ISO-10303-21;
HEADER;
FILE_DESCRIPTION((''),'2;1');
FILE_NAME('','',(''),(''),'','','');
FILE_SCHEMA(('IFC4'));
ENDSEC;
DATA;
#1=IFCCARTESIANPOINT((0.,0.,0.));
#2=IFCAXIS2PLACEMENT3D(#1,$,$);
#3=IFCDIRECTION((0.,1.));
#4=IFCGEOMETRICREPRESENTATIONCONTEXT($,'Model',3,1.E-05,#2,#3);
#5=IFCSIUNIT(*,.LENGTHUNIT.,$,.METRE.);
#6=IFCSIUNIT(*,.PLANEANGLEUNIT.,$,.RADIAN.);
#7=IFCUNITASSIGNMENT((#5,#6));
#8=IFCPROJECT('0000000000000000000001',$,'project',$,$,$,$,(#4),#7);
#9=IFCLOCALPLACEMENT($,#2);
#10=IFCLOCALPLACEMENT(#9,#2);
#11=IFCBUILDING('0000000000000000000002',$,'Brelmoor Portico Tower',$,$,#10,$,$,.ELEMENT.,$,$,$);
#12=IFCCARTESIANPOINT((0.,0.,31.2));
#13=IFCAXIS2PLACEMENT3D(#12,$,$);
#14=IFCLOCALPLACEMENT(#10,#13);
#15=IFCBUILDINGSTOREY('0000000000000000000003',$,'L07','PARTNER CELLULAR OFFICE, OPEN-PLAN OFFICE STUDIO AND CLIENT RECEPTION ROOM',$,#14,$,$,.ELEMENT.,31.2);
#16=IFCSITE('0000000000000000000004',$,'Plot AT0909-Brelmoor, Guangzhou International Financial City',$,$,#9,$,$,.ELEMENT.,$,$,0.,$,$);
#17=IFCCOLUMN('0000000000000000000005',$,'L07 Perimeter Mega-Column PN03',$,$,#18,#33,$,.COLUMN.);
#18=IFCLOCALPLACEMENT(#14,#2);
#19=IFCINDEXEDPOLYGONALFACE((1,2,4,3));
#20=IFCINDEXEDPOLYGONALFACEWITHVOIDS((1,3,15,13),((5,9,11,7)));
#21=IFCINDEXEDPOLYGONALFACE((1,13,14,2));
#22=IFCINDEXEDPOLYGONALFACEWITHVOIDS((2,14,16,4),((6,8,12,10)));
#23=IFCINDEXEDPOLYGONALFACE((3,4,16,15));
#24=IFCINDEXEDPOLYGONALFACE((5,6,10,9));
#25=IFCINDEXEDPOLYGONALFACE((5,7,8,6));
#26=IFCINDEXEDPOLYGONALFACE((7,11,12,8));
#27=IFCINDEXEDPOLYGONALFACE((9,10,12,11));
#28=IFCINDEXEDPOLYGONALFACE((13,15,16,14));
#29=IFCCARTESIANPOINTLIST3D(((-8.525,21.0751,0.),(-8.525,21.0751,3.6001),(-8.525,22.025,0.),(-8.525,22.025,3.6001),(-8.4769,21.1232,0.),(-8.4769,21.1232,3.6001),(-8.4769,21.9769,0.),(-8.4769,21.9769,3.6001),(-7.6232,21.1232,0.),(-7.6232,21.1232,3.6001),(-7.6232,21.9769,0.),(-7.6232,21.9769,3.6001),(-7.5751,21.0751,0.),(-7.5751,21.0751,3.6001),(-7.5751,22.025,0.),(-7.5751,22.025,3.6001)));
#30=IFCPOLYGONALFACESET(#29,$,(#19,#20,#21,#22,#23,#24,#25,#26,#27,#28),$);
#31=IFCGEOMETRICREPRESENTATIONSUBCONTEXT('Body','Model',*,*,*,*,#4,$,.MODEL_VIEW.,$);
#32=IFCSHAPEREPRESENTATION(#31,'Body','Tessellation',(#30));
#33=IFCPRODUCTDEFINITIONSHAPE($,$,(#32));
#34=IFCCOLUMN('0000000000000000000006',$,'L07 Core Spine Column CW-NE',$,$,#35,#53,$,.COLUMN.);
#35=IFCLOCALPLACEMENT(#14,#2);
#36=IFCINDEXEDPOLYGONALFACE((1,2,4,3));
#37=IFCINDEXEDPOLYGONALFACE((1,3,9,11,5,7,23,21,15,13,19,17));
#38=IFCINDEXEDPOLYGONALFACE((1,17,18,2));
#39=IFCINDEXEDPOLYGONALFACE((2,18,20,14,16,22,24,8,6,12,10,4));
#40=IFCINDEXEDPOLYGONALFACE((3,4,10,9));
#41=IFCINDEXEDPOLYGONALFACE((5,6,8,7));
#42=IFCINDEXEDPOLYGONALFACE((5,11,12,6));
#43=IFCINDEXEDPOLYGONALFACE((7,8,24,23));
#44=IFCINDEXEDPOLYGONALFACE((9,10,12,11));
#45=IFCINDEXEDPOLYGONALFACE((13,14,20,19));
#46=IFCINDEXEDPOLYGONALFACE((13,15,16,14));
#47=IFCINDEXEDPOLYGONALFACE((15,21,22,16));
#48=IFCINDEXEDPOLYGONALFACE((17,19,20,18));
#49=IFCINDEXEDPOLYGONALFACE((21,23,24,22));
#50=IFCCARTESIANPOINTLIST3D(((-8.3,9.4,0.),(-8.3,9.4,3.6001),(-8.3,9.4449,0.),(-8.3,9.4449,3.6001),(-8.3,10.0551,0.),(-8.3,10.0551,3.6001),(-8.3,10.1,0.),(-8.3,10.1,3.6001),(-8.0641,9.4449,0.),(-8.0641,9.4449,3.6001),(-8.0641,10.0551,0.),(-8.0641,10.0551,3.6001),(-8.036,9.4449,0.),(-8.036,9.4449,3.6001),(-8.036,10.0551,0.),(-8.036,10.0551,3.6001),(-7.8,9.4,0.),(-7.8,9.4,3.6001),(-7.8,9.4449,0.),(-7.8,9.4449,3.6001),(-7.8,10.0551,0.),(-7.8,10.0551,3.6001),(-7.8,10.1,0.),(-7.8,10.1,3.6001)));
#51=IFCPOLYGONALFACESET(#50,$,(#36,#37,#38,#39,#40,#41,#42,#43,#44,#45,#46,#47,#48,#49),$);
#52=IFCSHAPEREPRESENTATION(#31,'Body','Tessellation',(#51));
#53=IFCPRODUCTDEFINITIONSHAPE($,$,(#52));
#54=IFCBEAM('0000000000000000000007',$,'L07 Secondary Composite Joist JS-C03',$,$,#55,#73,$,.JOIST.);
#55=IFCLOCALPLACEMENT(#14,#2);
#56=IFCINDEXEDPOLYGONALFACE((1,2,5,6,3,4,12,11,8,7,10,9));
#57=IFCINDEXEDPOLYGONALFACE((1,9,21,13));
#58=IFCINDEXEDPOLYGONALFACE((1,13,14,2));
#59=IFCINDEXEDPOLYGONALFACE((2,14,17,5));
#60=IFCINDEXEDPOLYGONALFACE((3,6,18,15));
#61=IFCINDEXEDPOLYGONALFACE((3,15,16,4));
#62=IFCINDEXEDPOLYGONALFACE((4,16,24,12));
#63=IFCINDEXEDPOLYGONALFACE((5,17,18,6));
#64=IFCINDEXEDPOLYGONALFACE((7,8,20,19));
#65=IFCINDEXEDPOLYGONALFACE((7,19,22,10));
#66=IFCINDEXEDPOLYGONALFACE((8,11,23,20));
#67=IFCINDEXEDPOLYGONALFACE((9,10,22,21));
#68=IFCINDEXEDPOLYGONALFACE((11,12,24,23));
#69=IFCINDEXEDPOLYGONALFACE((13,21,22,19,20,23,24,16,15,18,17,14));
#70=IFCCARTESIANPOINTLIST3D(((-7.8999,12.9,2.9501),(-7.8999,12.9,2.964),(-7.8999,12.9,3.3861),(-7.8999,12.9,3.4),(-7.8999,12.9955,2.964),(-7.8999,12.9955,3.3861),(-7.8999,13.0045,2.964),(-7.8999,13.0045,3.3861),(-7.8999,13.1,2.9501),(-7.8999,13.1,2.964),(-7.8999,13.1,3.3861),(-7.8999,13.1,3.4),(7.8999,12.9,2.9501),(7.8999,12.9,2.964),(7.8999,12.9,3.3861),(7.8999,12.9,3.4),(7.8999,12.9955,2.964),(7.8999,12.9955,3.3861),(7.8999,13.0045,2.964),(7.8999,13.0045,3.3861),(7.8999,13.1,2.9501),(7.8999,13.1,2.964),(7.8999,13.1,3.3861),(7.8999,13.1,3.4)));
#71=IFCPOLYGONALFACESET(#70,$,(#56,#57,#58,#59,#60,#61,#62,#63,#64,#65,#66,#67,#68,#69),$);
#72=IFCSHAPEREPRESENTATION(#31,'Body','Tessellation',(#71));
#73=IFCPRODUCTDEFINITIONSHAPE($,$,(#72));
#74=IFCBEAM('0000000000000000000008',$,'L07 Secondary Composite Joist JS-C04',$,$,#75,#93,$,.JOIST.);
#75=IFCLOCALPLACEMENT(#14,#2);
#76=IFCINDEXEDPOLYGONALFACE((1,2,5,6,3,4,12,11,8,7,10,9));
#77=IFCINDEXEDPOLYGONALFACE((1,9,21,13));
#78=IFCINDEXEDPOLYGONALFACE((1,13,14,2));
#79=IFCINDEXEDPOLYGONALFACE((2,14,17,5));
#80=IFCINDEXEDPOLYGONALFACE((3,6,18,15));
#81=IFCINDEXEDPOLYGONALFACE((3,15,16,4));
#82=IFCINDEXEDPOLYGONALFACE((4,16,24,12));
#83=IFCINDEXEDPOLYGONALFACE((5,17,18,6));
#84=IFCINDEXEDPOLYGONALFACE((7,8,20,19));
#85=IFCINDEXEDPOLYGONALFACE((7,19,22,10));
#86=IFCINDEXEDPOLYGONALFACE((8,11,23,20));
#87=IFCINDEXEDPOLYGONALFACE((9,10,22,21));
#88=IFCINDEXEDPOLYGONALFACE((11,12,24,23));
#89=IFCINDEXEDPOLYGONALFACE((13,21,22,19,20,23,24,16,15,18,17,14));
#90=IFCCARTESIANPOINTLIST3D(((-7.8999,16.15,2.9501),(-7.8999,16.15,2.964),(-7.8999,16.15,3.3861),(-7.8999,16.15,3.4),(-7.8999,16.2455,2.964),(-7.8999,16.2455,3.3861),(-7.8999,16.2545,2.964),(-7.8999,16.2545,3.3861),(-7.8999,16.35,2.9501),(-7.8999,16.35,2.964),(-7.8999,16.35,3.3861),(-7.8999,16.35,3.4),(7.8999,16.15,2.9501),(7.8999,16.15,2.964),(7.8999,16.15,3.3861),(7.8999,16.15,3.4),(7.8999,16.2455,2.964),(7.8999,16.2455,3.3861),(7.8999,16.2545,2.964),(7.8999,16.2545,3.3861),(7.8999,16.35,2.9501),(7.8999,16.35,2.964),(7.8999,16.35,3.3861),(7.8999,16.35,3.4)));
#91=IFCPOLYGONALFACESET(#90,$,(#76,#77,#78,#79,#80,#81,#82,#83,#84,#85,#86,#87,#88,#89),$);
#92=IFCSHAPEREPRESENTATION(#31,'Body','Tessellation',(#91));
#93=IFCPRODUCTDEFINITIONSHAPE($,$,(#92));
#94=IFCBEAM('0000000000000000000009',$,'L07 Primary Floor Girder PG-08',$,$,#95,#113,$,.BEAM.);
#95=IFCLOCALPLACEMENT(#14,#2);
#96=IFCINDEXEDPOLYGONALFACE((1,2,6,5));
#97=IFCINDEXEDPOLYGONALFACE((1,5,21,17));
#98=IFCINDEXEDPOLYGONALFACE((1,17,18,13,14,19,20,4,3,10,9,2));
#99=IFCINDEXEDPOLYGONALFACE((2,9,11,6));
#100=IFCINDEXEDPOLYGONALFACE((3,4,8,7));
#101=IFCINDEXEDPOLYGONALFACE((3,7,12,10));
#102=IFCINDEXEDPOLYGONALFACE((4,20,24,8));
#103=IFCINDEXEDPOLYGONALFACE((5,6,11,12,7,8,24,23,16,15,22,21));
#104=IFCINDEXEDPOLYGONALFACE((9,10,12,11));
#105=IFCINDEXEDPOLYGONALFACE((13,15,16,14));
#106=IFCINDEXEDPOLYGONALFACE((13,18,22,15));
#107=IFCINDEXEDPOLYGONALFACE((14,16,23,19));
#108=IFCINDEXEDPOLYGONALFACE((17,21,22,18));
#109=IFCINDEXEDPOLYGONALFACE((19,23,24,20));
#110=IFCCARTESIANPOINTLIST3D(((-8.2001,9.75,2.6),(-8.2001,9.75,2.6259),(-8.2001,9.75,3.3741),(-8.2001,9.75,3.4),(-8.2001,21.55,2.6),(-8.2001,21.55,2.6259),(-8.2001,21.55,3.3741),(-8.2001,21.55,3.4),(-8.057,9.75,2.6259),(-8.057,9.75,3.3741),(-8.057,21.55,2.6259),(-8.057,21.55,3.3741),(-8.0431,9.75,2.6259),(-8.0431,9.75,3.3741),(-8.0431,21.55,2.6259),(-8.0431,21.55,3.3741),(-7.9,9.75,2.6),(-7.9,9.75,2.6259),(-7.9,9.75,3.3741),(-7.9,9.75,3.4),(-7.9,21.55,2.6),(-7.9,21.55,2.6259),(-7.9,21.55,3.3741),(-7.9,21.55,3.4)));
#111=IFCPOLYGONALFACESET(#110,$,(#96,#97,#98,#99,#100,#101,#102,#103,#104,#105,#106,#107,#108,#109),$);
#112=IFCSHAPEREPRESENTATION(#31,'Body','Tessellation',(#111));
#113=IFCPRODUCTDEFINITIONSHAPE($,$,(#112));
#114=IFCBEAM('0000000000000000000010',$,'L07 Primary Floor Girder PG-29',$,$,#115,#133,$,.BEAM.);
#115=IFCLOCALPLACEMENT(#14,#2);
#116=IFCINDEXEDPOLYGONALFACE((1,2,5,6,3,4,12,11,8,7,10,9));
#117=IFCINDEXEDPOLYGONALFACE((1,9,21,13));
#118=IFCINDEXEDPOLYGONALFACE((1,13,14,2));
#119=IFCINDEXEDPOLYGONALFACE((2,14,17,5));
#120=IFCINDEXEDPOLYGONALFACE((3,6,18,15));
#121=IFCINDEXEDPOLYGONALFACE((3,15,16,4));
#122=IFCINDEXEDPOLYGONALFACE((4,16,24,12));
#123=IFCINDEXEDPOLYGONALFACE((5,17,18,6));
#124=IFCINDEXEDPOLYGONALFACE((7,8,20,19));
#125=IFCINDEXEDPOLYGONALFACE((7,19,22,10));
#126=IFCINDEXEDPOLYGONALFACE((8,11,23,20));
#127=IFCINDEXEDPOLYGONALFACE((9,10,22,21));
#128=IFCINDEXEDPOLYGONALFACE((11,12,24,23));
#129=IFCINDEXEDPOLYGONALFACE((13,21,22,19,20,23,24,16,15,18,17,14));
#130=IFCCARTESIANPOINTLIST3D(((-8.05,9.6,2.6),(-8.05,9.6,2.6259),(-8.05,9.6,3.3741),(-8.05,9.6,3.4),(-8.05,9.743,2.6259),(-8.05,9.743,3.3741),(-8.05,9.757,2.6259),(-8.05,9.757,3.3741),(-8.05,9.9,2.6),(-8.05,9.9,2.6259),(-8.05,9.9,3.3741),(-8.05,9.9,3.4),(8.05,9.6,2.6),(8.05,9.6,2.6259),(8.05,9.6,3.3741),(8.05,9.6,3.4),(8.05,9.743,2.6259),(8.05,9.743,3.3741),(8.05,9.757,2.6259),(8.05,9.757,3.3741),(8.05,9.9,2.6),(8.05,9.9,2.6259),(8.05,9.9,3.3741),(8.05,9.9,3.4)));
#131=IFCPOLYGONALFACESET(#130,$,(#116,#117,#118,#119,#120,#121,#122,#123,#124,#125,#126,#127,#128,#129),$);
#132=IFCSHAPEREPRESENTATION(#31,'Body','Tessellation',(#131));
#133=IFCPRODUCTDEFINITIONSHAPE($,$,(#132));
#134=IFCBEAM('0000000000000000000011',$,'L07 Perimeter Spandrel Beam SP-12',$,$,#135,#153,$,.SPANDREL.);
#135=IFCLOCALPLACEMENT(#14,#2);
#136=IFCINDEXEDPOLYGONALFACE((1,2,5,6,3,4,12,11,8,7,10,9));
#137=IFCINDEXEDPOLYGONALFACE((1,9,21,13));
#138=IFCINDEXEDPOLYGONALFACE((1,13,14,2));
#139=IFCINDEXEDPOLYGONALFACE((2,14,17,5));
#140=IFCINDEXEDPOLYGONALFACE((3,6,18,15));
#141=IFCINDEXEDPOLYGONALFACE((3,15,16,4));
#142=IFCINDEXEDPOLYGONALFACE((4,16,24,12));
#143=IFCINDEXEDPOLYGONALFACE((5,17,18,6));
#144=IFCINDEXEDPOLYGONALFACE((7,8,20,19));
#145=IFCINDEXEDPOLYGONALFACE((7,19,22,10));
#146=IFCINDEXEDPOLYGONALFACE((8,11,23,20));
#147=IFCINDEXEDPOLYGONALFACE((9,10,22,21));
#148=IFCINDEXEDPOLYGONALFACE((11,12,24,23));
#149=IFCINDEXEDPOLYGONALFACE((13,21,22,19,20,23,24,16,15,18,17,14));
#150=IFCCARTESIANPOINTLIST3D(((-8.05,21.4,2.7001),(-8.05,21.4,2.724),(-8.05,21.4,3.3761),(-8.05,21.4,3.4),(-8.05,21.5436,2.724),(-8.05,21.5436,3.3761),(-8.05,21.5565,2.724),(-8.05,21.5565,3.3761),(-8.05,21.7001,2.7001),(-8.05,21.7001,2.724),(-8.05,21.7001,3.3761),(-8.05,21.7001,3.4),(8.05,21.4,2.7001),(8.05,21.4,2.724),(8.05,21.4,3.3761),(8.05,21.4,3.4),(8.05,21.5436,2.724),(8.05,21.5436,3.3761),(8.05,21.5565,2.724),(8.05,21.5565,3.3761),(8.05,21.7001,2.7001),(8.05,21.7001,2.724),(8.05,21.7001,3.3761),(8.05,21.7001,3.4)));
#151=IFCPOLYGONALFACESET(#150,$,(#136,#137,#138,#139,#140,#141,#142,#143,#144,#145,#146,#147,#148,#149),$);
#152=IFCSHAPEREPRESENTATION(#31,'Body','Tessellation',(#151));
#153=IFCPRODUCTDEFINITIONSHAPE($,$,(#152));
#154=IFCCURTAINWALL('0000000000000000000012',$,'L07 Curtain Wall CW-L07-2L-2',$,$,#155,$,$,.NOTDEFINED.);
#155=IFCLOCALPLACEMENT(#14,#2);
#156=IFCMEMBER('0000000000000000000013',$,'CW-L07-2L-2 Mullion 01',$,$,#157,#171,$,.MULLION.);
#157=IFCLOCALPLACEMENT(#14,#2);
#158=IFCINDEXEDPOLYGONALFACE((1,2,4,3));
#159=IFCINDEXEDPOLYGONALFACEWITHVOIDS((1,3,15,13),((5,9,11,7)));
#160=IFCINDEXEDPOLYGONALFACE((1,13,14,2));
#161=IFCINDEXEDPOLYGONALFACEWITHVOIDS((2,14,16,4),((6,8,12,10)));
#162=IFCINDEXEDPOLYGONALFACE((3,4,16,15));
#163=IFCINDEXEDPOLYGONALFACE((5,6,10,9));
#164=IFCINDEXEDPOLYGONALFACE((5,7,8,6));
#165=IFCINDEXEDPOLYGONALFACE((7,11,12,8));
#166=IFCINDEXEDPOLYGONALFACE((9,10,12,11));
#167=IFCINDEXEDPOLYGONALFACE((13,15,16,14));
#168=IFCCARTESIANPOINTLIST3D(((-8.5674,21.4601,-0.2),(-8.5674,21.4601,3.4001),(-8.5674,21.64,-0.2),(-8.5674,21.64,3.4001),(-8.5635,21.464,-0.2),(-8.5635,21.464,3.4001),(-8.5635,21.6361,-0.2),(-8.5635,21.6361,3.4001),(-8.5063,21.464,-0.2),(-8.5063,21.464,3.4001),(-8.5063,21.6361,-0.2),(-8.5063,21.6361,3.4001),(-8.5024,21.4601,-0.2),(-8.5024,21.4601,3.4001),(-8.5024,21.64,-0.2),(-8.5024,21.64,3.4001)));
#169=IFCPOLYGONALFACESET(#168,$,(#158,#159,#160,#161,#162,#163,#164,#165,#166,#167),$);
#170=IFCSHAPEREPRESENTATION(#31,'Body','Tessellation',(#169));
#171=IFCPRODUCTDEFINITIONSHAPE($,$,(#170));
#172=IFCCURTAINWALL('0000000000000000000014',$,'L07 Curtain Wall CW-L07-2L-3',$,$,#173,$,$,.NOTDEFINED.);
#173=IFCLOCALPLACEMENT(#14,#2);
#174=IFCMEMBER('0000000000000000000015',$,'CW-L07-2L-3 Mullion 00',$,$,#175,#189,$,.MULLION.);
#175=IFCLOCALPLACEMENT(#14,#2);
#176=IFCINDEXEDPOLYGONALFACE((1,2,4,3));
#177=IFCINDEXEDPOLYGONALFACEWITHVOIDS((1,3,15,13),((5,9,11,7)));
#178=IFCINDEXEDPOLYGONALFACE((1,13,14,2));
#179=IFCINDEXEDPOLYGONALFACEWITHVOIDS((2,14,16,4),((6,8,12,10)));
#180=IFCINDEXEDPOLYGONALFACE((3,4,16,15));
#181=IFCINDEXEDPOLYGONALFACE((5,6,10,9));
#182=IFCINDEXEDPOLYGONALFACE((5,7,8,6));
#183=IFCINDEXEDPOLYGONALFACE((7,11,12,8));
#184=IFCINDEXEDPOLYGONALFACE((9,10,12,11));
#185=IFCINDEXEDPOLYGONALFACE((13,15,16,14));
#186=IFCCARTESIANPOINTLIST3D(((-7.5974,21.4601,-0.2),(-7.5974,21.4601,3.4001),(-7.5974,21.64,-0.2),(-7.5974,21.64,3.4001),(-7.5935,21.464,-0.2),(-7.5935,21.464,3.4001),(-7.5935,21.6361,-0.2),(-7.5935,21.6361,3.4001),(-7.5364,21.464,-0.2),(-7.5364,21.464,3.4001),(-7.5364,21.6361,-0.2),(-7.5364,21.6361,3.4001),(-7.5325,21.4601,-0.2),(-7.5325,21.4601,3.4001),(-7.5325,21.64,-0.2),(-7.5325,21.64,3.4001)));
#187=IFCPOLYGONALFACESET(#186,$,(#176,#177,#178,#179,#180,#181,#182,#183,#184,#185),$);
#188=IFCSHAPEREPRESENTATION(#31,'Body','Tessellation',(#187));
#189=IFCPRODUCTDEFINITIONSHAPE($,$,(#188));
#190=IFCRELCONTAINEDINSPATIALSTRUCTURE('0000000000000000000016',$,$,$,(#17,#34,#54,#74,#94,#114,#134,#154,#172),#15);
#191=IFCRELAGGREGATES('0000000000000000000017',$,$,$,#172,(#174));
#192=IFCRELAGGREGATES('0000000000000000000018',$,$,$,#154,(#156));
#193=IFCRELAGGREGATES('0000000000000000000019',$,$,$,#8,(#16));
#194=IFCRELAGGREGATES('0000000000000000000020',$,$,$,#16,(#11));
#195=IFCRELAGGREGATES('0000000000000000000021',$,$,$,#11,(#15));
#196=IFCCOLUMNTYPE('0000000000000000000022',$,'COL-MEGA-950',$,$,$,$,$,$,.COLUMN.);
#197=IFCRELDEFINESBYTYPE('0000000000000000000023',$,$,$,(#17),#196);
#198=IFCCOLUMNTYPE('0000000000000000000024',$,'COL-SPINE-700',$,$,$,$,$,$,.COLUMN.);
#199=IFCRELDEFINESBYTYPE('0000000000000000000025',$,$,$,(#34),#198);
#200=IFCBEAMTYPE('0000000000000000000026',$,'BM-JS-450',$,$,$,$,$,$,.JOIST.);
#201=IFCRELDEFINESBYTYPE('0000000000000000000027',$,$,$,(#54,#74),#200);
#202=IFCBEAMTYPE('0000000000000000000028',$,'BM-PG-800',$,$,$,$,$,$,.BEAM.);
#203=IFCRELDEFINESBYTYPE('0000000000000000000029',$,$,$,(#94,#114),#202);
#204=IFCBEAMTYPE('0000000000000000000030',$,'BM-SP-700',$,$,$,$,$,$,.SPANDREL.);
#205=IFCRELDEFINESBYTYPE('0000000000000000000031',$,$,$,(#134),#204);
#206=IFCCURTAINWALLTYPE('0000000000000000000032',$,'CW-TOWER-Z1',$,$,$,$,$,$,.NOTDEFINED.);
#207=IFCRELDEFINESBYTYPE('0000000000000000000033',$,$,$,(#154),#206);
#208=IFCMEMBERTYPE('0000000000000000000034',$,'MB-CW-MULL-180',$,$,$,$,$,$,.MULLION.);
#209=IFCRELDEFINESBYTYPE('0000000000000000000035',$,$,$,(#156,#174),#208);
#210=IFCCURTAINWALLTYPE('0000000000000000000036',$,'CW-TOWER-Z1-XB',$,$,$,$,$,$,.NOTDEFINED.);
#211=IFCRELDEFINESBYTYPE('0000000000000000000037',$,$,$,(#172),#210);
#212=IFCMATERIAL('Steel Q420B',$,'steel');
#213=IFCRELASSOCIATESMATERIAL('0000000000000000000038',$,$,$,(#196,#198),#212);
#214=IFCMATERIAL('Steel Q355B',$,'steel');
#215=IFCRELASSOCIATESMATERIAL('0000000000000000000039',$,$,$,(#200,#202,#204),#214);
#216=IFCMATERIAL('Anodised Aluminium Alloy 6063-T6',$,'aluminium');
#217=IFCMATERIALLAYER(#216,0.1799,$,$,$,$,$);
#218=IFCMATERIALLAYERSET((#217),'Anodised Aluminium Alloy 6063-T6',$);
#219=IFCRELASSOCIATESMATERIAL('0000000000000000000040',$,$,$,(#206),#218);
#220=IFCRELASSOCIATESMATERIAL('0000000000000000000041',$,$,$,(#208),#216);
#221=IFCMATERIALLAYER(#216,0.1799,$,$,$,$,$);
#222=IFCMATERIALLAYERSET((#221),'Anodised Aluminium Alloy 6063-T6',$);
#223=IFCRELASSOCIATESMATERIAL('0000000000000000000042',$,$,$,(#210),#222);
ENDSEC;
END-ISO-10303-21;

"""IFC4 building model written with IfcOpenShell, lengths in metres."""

from ifc_helpers import new_model, si_unit, direction, frame, origin, origin_2d, place, context, subcontext, project, spatial, hollow_rectangle, i_section, extrude, material, layer, layer_set, material_profile, profile_set, type_object, element, aggregate, save


model = new_model("IFC4")

# Units and contexts
model_context = context("Model", 3, precision=1e-05, world=origin(), true_north=direction((0.0, 1.0)))
body_context = subcontext(model_context, "Body", "Model", "MODEL_VIEW")
ifc_project = project(units=[si_unit("LENGTHUNIT", "METRE"), si_unit("PLANEANGLEUNIT", "RADIAN")], contexts=[model_context])

# Site, building, storey
site_placement = place(None, origin())
site = spatial("IfcSite", under=ifc_project, at=site_placement, Name="Plot AT0909-Brelmoor, Guangzhou International Financial City", CompositionType="ELEMENT", RefElevation=0.0)
building_placement = place(site_placement, origin())
building = spatial("IfcBuilding", under=site, at=building_placement, Name="Brelmoor Portico Tower", CompositionType="ELEMENT")
storey_placement = place(building_placement, frame((0.0, 0.0, 31.2)))
storey = spatial("IfcBuildingStorey", under=building, at=storey_placement, Name="L07", Description="PARTNER CELLULAR OFFICE, OPEN-PLAN OFFICE STUDIO AND CLIENT RECEPTION ROOM", CompositionType="ELEMENT", Elevation=31.2)

# Columns
ifc_material_1 = material(Name="Steel Q420B", Category="steel")
ifc_material_profile_1 = material_profile(ifc_material_1, hollow_rectangle(XDim=0.95, YDim=0.95, WallThickness=0.0481, at=origin_2d()), Name="BOX 950x950x48")
ifc_profile_set_1 = profile_set([ifc_material_profile_1], Name="Steel Q420B")
column_type_1 = type_object("IfcColumnType", Name="COL-MEGA-950", PredefinedType="COLUMN", material=ifc_profile_set_1)
column_1_placement = place(storey_placement, frame((-8.05, 21.55, 0.0), z_axis=(0.0, 0.0, 1.0), x_axis=(1.0, 0.0, 0.0)))
element("IfcColumn", 1, at=column_1_placement, inside=storey, type_object=column_type_1, Name="L07 Perimeter Mega-Column PN03", PredefinedType="COLUMN", context=body_context, shape_type="SweptSolid", body=[
    extrude(hollow_rectangle(XDim=0.95, YDim=0.95, WallThickness=0.0481, at=origin_2d()), origin(), (0.0, 0.0, 1.0), 3.6001),
])
ifc_material_profile_2 = material_profile(ifc_material_1, i_section(OverallWidth=0.5, OverallDepth=0.7, WebThickness=0.0281, FlangeThickness=0.0449, at=origin_2d()), Name="HW 700x500x28x45")
ifc_profile_set_2 = profile_set([ifc_material_profile_2], Name="Steel Q420B")
column_type_2 = type_object("IfcColumnType", Name="COL-SPINE-700", PredefinedType="COLUMN", material=ifc_profile_set_2)
column_2_placement = place(storey_placement, frame((-8.05, 9.75, 0.0), z_axis=(0.0, 0.0, 1.0), x_axis=(1.0, 0.0, 0.0)))
element("IfcColumn", 2, at=column_2_placement, inside=storey, type_object=column_type_2, Name="L07 Core Spine Column CW-NE", PredefinedType="COLUMN", context=body_context, shape_type="SweptSolid", body=[
    extrude(i_section(OverallWidth=0.5, OverallDepth=0.7, WebThickness=0.0281, FlangeThickness=0.0449, at=origin_2d()), origin(), (0.0, 0.0, 1.0), 3.6001),
])

# Beams
ifc_material_2 = material(Name="Steel Q355B", Category="steel")
ifc_material_profile_3 = material_profile(ifc_material_2, i_section(OverallWidth=0.2, OverallDepth=0.45, WebThickness=0.009, FlangeThickness=0.0139, at=origin_2d()), Name="HN 450x200x9x14")
ifc_profile_set_3 = profile_set([ifc_material_profile_3], Name="Steel Q355B")
beam_type_1 = type_object("IfcBeamType", Name="BM-JS-450", PredefinedType="JOIST", material=ifc_profile_set_3)
for number, where, z_axis, x_axis, name in (
    (3, (-7.8999, 13.0, 3.175), (1.0, 0.0, 0.0), (0.0, 1.0, 0.0), "L07 Secondary Composite Joist JS-C03"),
    (4, (-7.8999, 16.25, 3.175), (1.0, 0.0, 0.0), (0.0, 1.0, 0.0), "L07 Secondary Composite Joist JS-C04"),
):
    element("IfcBeam", number, at=place(storey_placement, frame(where, z_axis=z_axis, x_axis=x_axis)), inside=storey, type_object=beam_type_1, Name=name, PredefinedType="JOIST", context=body_context, shape_type="SweptSolid", body=[
        extrude(i_section(OverallWidth=0.2, OverallDepth=0.45, WebThickness=0.009, FlangeThickness=0.0139, at=origin_2d()), origin(), (0.0, 0.0, 1.0), 15.7998),
    ])
ifc_material_profile_4 = material_profile(ifc_material_2, i_section(OverallWidth=0.3, OverallDepth=0.8, WebThickness=0.0139, FlangeThickness=0.0259, at=origin_2d()), Name="HN 800x300x14x26")
ifc_profile_set_4 = profile_set([ifc_material_profile_4], Name="Steel Q355B")
beam_type_2 = type_object("IfcBeamType", Name="BM-PG-800", PredefinedType="BEAM", material=ifc_profile_set_4)
beam_1_placement = place(storey_placement, frame((-8.05, 9.75, 3.0), z_axis=(0.0, 1.0, 0.0), x_axis=(-1.0, 0.0, 0.0)))
element("IfcBeam", 5, at=beam_1_placement, inside=storey, type_object=beam_type_2, Name="L07 Primary Floor Girder PG-08", PredefinedType="BEAM", context=body_context, shape_type="SweptSolid", body=[
    extrude(i_section(OverallWidth=0.3, OverallDepth=0.8, WebThickness=0.0139, FlangeThickness=0.0259, at=origin_2d()), origin(), (0.0, 0.0, 1.0), 11.8),
])
beam_2_placement = place(storey_placement, frame((-8.05, 9.75, 3.0), z_axis=(1.0, 0.0, 0.0), x_axis=(0.0, 1.0, 0.0)))
element("IfcBeam", 6, at=beam_2_placement, inside=storey, type_object=beam_type_2, Name="L07 Primary Floor Girder PG-29", PredefinedType="BEAM", context=body_context, shape_type="SweptSolid", body=[
    extrude(i_section(OverallWidth=0.3, OverallDepth=0.8, WebThickness=0.0139, FlangeThickness=0.0259, at=origin_2d()), origin(), (0.0, 0.0, 1.0), 16.1001),
])
ifc_material_profile_5 = material_profile(ifc_material_2, i_section(OverallWidth=0.3, OverallDepth=0.7, WebThickness=0.0129, FlangeThickness=0.0239, at=origin_2d()), Name="HN 700x300x13x24")
ifc_profile_set_5 = profile_set([ifc_material_profile_5], Name="Steel Q355B")
beam_type_3 = type_object("IfcBeamType", Name="BM-SP-700", PredefinedType="SPANDREL", material=ifc_profile_set_5)
beam_3_placement = place(storey_placement, frame((-8.05, 21.55, 3.05), z_axis=(1.0, 0.0, 0.0), x_axis=(0.0, 1.0, 0.0)))
element("IfcBeam", 7, at=beam_3_placement, inside=storey, type_object=beam_type_3, Name="L07 Perimeter Spandrel Beam SP-12", PredefinedType="SPANDREL", context=body_context, shape_type="SweptSolid", body=[
    extrude(i_section(OverallWidth=0.3, OverallDepth=0.7, WebThickness=0.0129, FlangeThickness=0.0239, at=origin_2d()), origin(), (0.0, 0.0, 1.0), 16.1001),
])

# Curtain wall, member
ifc_material_3 = material(Name="Anodised Aluminium Alloy 6063-T6", Category="aluminium")
ifc_layer_1 = layer(ifc_material_3, 0.1799)
ifc_layer_set_1 = layer_set([ifc_layer_1], Name="Anodised Aluminium Alloy 6063-T6")
curtain_wall_type_1 = type_object("IfcCurtainWallType", Name="CW-TOWER-Z1", PredefinedType="NOTDEFINED", material=ifc_layer_set_1)
curtain_wall_1_placement = place(storey_placement, origin())
curtain_wall_1 = element("IfcCurtainWall", 8, at=curtain_wall_1_placement, inside=storey, type_object=curtain_wall_type_1, Name="L07 Curtain Wall CW-L07-2L-2", PredefinedType="NOTDEFINED")
ifc_material_profile_6 = material_profile(ifc_material_3, hollow_rectangle(XDim=0.0649, YDim=0.1799, WallThickness=0.0039, at=origin_2d()), Name="ALU MULLION 65x180")
ifc_profile_set_6 = profile_set([ifc_material_profile_6], Name="Anodised Aluminium Alloy 6063-T6")
member_type_1 = type_object("IfcMemberType", Name="MB-CW-MULL-180", PredefinedType="MULLION", material=ifc_profile_set_6)
member_1_placement = place(storey_placement, frame((-8.5349, 21.55, -0.2), z_axis=(0.0, 0.0, 1.0), x_axis=(1.0, 0.0, 0.0)))
member_1 = element("IfcMember", 9, at=member_1_placement, type_object=member_type_1, Name="CW-L07-2L-2 Mullion 01", PredefinedType="MULLION", context=body_context, shape_type="SweptSolid", body=[
    extrude(hollow_rectangle(XDim=0.0649, YDim=0.1799, WallThickness=0.0039, at=origin_2d()), origin(), (0.0, 0.0, 1.0), 3.6001),
])

# Curtain wall, member
ifc_layer_2 = layer(ifc_material_3, 0.1799)
ifc_layer_set_2 = layer_set([ifc_layer_2], Name="Anodised Aluminium Alloy 6063-T6")
curtain_wall_type_2 = type_object("IfcCurtainWallType", Name="CW-TOWER-Z1-XB", PredefinedType="NOTDEFINED", material=ifc_layer_set_2)
curtain_wall_2_placement = place(storey_placement, origin())
curtain_wall_2 = element("IfcCurtainWall", 10, at=curtain_wall_2_placement, inside=storey, type_object=curtain_wall_type_2, Name="L07 Curtain Wall CW-L07-2L-3", PredefinedType="NOTDEFINED")
member_2_placement = place(storey_placement, frame((-7.5649, 21.55, -0.2), z_axis=(0.0, 0.0, 1.0), x_axis=(1.0, 0.0, 0.0)))
member_2 = element("IfcMember", 11, at=member_2_placement, type_object=member_type_1, Name="CW-L07-2L-3 Mullion 00", PredefinedType="MULLION", context=body_context, shape_type="SweptSolid", body=[
    extrude(hollow_rectangle(XDim=0.0649, YDim=0.1799, WallThickness=0.0039, at=origin_2d()), origin(), (0.0, 0.0, 1.0), 3.6001),
])
aggregate(curtain_wall_2, [member_2])

aggregate(curtain_wall_1, [member_1])

save(model, "model.ifc")
